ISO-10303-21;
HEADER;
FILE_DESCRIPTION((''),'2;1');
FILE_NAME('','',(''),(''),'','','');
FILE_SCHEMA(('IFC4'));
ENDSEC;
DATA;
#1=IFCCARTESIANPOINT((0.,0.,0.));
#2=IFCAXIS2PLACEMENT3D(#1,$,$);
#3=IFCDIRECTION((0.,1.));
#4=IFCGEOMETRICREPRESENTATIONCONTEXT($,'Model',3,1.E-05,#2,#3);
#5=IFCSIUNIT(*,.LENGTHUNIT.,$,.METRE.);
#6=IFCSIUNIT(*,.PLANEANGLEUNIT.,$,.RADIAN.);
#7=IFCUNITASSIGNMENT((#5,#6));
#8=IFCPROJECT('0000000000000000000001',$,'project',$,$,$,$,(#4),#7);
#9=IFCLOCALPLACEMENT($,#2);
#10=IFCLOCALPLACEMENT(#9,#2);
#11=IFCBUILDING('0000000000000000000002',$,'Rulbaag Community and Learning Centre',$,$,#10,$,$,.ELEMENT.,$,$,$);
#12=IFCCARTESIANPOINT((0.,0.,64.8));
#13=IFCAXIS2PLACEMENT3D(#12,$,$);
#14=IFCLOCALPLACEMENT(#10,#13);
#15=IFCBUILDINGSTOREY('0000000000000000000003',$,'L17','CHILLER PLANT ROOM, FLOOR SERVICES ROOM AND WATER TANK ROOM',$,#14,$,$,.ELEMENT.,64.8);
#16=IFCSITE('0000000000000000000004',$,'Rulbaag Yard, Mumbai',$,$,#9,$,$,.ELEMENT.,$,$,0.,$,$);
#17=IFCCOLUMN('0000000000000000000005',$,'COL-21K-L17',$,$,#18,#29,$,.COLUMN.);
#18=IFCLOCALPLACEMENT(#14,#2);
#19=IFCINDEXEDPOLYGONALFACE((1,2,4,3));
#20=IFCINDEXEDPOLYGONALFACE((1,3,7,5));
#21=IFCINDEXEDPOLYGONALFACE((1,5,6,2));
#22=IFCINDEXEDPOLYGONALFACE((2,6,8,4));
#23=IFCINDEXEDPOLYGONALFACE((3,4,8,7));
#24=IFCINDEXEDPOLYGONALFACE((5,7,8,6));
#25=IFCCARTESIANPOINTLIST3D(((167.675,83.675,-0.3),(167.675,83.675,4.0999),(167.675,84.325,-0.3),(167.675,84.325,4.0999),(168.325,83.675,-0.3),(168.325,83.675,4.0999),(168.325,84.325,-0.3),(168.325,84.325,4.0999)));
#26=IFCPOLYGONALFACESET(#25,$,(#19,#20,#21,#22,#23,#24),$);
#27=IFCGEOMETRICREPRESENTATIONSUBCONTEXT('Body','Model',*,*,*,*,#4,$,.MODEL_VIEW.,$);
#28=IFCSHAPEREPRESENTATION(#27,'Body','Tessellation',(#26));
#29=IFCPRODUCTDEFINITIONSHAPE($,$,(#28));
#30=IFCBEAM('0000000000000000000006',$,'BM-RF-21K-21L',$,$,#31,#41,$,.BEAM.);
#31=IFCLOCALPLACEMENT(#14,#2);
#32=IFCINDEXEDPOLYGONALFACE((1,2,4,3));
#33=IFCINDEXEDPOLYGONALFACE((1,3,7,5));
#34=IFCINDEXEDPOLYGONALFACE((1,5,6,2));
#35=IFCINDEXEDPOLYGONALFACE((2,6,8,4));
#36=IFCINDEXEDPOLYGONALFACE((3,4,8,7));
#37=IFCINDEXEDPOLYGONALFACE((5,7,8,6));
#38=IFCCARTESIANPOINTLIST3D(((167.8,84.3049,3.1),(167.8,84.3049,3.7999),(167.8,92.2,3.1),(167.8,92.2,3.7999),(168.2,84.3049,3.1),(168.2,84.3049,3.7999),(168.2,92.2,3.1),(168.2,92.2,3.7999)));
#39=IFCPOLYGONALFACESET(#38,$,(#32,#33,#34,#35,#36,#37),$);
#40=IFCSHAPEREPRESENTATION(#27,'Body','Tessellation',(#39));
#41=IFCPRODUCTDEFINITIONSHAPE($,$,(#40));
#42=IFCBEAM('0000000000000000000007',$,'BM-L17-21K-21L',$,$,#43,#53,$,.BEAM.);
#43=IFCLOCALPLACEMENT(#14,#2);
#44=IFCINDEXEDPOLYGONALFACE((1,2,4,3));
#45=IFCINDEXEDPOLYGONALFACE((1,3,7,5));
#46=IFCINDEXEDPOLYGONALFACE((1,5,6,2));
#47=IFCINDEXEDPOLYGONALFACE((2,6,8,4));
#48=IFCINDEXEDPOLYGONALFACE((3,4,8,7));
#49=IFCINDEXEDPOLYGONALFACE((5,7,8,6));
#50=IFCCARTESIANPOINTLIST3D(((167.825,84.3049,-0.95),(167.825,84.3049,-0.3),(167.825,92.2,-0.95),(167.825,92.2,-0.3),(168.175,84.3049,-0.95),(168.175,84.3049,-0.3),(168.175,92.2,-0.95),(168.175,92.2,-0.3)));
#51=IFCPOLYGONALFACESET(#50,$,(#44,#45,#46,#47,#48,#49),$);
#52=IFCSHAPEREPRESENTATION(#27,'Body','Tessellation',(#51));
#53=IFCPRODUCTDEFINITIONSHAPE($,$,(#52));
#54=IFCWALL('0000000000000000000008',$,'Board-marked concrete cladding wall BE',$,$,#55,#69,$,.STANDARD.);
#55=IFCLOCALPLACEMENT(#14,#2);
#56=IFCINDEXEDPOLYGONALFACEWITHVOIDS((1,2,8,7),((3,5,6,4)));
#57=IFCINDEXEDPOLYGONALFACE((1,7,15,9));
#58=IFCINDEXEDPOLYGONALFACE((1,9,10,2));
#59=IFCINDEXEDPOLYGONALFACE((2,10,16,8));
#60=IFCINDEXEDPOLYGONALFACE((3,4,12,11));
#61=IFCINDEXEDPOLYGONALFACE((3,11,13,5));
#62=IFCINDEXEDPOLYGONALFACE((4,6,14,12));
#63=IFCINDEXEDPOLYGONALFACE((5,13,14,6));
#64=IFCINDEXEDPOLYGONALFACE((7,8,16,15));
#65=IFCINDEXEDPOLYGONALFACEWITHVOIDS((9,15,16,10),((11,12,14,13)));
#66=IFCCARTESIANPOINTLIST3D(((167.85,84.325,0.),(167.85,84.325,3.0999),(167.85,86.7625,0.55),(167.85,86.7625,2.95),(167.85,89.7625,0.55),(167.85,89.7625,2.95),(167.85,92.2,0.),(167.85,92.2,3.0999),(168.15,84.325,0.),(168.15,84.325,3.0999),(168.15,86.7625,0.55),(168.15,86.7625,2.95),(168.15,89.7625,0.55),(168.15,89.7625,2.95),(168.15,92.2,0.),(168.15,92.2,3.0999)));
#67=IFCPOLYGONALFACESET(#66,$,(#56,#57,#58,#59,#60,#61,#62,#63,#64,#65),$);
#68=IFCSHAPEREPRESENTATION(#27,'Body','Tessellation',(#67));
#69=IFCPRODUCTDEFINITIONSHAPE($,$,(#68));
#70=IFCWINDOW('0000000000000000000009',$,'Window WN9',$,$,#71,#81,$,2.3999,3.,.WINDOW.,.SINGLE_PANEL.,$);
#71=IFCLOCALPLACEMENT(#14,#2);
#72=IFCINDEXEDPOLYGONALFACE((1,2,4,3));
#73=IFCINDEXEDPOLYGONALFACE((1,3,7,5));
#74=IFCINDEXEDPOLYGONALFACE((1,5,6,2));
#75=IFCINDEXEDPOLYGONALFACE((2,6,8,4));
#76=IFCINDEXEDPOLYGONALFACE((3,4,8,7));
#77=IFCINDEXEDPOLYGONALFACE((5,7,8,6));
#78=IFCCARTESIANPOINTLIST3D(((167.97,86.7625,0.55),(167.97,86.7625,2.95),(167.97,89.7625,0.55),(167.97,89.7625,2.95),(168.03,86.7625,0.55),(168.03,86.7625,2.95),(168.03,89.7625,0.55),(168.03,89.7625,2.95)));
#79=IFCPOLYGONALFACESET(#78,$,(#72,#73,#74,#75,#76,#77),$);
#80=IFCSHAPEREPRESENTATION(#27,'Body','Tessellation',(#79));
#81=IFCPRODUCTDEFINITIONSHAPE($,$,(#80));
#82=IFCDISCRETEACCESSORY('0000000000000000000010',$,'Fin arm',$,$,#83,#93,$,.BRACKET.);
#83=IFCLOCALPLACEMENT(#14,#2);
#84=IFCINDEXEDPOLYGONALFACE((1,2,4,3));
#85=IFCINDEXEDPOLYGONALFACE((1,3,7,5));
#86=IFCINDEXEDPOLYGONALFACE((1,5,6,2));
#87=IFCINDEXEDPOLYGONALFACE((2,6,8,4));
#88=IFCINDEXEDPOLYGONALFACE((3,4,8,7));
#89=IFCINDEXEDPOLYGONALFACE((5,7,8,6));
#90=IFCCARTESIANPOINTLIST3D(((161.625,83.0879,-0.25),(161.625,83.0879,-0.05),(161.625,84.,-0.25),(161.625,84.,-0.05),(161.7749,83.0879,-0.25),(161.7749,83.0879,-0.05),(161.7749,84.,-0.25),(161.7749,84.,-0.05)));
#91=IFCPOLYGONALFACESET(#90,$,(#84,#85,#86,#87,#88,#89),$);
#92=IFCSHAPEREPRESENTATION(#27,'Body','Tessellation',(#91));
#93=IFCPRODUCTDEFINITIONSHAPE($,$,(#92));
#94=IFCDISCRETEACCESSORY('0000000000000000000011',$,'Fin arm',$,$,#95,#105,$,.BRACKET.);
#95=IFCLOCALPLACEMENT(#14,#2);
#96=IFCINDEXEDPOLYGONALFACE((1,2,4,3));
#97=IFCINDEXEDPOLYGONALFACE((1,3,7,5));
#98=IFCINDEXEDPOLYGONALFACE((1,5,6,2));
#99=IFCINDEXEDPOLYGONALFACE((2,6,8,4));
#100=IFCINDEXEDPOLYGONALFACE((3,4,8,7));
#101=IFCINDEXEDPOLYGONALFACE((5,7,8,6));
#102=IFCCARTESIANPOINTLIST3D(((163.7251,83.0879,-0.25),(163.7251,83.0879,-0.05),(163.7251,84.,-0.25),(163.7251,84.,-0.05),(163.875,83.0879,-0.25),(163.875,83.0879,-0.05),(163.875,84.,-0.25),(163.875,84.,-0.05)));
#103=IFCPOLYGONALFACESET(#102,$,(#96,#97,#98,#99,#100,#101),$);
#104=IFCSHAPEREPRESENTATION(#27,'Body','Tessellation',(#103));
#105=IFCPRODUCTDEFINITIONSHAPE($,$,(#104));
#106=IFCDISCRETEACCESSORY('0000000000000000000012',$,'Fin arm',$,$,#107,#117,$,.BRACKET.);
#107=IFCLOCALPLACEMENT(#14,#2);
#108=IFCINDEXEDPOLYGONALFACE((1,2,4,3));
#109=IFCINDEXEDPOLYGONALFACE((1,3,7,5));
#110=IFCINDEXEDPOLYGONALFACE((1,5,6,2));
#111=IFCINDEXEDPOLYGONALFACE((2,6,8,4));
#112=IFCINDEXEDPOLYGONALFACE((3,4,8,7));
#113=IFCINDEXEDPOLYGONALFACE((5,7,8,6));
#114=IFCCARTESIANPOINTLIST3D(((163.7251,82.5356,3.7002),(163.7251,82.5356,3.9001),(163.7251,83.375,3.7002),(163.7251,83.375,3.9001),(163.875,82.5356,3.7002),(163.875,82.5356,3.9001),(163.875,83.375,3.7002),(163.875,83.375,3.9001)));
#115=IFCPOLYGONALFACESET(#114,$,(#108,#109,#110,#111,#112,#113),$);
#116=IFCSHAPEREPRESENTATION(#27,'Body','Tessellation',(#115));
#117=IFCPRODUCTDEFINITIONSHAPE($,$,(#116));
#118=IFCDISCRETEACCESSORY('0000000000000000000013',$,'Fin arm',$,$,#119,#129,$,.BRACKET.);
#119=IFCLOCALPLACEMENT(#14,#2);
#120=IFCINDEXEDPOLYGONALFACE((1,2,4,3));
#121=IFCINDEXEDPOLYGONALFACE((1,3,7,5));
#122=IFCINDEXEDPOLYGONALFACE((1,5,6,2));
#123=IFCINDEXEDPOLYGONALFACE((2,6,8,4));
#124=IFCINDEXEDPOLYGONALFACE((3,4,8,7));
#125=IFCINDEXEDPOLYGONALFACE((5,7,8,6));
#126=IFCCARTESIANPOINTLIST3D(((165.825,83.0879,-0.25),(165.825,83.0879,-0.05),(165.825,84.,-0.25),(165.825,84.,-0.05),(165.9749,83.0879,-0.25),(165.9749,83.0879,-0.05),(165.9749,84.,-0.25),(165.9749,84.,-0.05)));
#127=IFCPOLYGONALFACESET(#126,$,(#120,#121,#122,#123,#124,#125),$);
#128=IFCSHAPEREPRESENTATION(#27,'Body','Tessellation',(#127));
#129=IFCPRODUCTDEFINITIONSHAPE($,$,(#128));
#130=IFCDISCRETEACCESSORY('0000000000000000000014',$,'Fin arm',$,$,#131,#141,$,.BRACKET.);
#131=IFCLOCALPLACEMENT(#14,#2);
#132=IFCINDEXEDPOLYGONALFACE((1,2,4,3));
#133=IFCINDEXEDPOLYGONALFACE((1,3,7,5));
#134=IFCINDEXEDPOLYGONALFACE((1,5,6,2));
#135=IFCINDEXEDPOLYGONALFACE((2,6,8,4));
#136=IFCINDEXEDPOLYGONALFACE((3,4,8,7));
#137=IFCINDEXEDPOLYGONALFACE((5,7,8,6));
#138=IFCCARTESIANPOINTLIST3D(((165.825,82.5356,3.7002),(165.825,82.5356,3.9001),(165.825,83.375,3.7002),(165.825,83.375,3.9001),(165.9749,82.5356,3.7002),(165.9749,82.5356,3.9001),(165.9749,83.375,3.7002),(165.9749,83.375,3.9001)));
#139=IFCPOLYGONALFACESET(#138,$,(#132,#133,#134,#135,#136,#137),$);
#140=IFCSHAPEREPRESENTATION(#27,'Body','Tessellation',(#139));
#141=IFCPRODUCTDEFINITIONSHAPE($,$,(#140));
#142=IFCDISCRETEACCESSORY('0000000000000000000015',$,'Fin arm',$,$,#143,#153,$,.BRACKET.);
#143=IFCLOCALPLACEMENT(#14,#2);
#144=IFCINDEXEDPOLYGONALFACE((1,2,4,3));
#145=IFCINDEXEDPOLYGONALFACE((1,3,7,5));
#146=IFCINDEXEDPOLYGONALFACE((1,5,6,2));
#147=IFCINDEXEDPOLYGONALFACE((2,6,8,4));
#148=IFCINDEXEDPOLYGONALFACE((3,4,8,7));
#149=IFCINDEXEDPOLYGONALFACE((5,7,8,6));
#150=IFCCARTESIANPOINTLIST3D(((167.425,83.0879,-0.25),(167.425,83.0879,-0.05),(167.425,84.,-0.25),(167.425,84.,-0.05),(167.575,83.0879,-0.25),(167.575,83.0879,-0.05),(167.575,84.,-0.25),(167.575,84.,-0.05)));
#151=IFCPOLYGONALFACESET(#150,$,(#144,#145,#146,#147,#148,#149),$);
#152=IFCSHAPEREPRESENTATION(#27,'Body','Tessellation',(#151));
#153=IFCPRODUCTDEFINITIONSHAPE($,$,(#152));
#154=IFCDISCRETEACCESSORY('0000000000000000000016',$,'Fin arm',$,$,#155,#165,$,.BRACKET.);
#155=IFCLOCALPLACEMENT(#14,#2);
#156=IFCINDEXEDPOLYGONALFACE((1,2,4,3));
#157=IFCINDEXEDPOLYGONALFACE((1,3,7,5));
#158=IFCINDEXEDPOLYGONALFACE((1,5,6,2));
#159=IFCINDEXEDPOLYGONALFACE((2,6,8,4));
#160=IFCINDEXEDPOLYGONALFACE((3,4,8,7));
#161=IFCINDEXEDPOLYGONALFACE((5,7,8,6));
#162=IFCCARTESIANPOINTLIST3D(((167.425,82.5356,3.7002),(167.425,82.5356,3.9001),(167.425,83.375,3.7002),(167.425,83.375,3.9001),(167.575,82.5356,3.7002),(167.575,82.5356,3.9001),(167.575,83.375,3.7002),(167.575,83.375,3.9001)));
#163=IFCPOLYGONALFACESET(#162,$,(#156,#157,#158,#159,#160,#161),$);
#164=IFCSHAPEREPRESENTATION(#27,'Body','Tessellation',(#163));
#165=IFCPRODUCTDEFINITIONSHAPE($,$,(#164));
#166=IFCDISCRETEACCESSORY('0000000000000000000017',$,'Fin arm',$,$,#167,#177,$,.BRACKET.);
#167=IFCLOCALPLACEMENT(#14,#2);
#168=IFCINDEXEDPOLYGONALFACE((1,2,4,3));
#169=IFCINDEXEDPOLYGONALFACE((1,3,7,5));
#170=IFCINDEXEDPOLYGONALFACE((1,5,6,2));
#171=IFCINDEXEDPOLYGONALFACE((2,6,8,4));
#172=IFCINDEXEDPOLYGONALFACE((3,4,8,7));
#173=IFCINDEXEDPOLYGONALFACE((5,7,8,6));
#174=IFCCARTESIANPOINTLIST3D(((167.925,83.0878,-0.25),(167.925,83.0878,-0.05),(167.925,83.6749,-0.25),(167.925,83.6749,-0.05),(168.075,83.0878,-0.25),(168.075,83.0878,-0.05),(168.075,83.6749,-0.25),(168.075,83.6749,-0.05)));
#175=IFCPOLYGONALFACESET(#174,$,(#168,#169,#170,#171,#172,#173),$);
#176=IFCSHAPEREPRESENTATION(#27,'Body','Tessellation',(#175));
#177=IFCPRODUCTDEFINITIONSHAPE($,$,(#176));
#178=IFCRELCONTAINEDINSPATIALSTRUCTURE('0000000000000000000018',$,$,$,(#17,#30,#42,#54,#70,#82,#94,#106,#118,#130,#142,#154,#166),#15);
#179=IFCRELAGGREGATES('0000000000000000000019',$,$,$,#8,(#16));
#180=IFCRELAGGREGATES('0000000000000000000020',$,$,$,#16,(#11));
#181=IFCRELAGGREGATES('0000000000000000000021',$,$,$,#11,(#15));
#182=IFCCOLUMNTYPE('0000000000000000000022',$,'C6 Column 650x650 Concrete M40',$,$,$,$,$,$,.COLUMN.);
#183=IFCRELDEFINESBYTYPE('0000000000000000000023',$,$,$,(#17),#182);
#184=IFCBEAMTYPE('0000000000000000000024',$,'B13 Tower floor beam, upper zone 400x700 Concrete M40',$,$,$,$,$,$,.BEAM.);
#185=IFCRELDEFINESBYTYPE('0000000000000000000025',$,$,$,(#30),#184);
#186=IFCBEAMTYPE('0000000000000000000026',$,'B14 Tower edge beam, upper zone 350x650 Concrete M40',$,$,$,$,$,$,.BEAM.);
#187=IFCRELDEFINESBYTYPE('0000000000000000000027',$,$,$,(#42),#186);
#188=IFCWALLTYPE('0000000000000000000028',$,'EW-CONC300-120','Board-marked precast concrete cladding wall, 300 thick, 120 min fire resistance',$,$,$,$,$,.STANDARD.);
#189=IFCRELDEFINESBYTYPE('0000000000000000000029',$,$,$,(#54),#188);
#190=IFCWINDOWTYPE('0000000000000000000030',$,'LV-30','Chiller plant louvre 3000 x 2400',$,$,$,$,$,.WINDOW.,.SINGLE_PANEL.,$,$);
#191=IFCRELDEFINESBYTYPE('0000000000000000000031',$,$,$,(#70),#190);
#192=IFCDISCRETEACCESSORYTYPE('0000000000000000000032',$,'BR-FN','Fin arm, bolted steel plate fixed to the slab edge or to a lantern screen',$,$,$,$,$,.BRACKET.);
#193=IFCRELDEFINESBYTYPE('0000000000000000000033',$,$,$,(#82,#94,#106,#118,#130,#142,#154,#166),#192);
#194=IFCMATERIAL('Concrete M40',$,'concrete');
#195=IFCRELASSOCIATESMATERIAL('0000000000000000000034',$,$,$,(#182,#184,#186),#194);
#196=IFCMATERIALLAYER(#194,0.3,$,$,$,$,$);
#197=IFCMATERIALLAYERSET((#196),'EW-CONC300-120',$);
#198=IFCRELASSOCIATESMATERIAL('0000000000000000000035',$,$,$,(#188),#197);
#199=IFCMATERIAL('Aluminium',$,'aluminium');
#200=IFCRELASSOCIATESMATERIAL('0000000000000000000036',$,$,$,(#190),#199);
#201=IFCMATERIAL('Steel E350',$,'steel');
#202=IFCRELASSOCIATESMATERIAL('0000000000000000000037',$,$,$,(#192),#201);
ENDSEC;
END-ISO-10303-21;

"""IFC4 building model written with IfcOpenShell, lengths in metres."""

from ifc_helpers import new_model, si_unit, direction, frame, frame_2d, origin, origin_2d, place, context, subcontext, project, spatial, rectangle, extrude, material, layer, layer_set, material_profile, profile_set, type_object, element, fill, save


model = new_model("IFC4")

# Units and contexts
model_context = context("Model", 3, precision=1e-05, world=origin(), true_north=direction((0.0, 1.0)))
body_context = subcontext(model_context, "Body", "Model", "MODEL_VIEW")
ifc_project = project(units=[si_unit("LENGTHUNIT", "METRE"), si_unit("PLANEANGLEUNIT", "RADIAN")], contexts=[model_context])

# Site, building, storey
site_placement = place(None, origin())
site = spatial("IfcSite", under=ifc_project, at=site_placement, Name="Rulbaag Yard, Mumbai", CompositionType="ELEMENT", RefElevation=0.0)
building_placement = place(site_placement, origin())
building = spatial("IfcBuilding", under=site, at=building_placement, Name="Rulbaag Community and Learning Centre", CompositionType="ELEMENT")
storey_placement = place(building_placement, frame((0.0, 0.0, 64.8)))
storey = spatial("IfcBuildingStorey", under=building, at=storey_placement, Name="L17", Description="CHILLER PLANT ROOM, FLOOR SERVICES ROOM AND WATER TANK ROOM", CompositionType="ELEMENT", Elevation=64.8)

# Column
ifc_material_1 = material(Name="Concrete M40", Category="concrete")
ifc_material_profile_1 = material_profile(ifc_material_1, rectangle(XDim=0.6499, YDim=0.6499, at=origin_2d()), Name="RC650x650")
ifc_profile_set_1 = profile_set([ifc_material_profile_1], Name="Concrete M40")
column_type = type_object("IfcColumnType", Name="C6 Column 650x650 Concrete M40", PredefinedType="COLUMN", material=ifc_profile_set_1)
column_placement = place(storey_placement, frame((168.0, 84.0, -0.3), z_axis=(0.0, 0.0, 1.0), x_axis=(1.0, 0.0, 0.0)))
element("IfcColumn", 1, at=column_placement, inside=storey, type_object=column_type, Name="COL-21K-L17", PredefinedType="COLUMN", context=body_context, shape_type="SweptSolid", body=[
    extrude(rectangle(XDim=0.6499, YDim=0.6499, at=origin_2d()), origin(), (0.0, 0.0, 1.0), 4.3999),
])

# Beams
ifc_material_profile_2 = material_profile(ifc_material_1, rectangle(XDim=0.3999, YDim=0.7, at=origin_2d()), Name="RB400x700")
ifc_profile_set_2 = profile_set([ifc_material_profile_2], Name="Concrete M40")
beam_type_1 = type_object("IfcBeamType", Name="B13 Tower floor beam, upper zone 400x700 Concrete M40", PredefinedType="BEAM", material=ifc_profile_set_2)
beam_1_placement = place(storey_placement, frame((168.0, 84.3049, 3.45), z_axis=(0.0, 1.0, 0.0), x_axis=(-1.0, 0.0, 0.0)))
element("IfcBeam", 2, at=beam_1_placement, inside=storey, type_object=beam_type_1, Name="BM-RF-21K-21L", PredefinedType="BEAM", context=body_context, shape_type="SweptSolid", body=[
    extrude(rectangle(XDim=0.3999, YDim=0.7, at=origin_2d()), origin(), (0.0, 0.0, 1.0), 7.895),
])
ifc_material_profile_3 = material_profile(ifc_material_1, rectangle(XDim=0.3501, YDim=0.6499, at=origin_2d()), Name="RB350x650")
ifc_profile_set_3 = profile_set([ifc_material_profile_3], Name="Concrete M40")
beam_type_2 = type_object("IfcBeamType", Name="B14 Tower edge beam, upper zone 350x650 Concrete M40", PredefinedType="BEAM", material=ifc_profile_set_3)
beam_2_placement = place(storey_placement, frame((168.0, 84.3049, -0.625), z_axis=(0.0, 1.0, 0.0), x_axis=(-1.0, 0.0, 0.0)))
element("IfcBeam", 3, at=beam_2_placement, inside=storey, type_object=beam_type_2, Name="BM-L17-21K-21L", PredefinedType="BEAM", context=body_context, shape_type="SweptSolid", body=[
    extrude(rectangle(XDim=0.3501, YDim=0.6499, at=origin_2d()), origin(), (0.0, 0.0, 1.0), 7.895),
])

# Wall, opening, window
ifc_layer_1 = layer(ifc_material_1, 0.3)
ifc_layer_set_1 = layer_set([ifc_layer_1], Name="EW-CONC300-120")
wall_type = type_object("IfcWallType", Name="EW-CONC300-120", Description="Board-marked precast concrete cladding wall, 300 thick, 120 min fire resistance", PredefinedType="STANDARD", material=ifc_layer_set_1)
wall_placement = place(storey_placement, frame((168.0, 84.325, 0.0), z_axis=(0.0, 0.0, 1.0), x_axis=(0.0, 1.0, 0.0)))
wall = element("IfcWall", 4, at=wall_placement, inside=storey, type_object=wall_type, Name="Board-marked concrete cladding wall BE", PredefinedType="STANDARD", context=body_context, shape_type="SweptSolid", body=[
    extrude(rectangle(XDim=7.875, YDim=0.3, at=frame_2d((3.9375, 0.0))), origin(), (0.0, 0.0, 1.0), 3.0999),
])
opening_1_placement = place(wall_placement, frame((2.4375, 0.0, 0.55)))
opening_1 = element("IfcOpeningElement", 5, at=opening_1_placement, cuts=wall, PredefinedType="OPENING", context=body_context, shape_type="SweptSolid", body=[
    extrude(rectangle(XDim=3.0, YDim=2.3999, at=frame_2d((1.5, 1.2))), frame((0.0, 0.1599, 0.0), z_axis=(0.0, -1.0, 0.0), x_axis=(1.0, 0.0, 0.0)), (0.0, 0.0, 1.0), 0.3201),
])
ifc_material_2 = material(Name="Aluminium", Category="aluminium")
window_type = type_object("IfcWindowType", Name="LV-30", Description="Chiller plant louvre 3000 x 2400", PartitioningType="SINGLE_PANEL", PredefinedType="WINDOW", material=ifc_material_2)
window_placement = place(opening_1_placement, origin())
window = element("IfcWindow", 6, at=window_placement, inside=storey, type_object=window_type, Name="Window WN9", OverallHeight=2.3999, OverallWidth=3.0, PartitioningType="SINGLE_PANEL", PredefinedType="WINDOW", context=body_context, shape_type="SweptSolid", body=[
    extrude(rectangle(XDim=3.0, YDim=2.3999, at=frame_2d((1.5, 1.2))), frame((0.0, 0.03, 0.0), z_axis=(0.0, -1.0, 0.0), x_axis=(1.0, 0.0, 0.0)), (0.0, 0.0, 1.0), 0.0601),
])
fill(opening_1, window)

# Discrete accessories
ifc_material_3 = material(Name="Steel E350", Category="steel")
discrete_accessory_type_1 = type_object("IfcDiscreteAccessoryType", Name="BR-FN", Description="Fin arm, bolted steel plate fixed to the slab edge or to a lantern screen", PredefinedType="BRACKET", material=ifc_material_3)
for number, where, z_axis, x_axis, name in (
    (7, (161.7, 83.5439, -0.25), (0.0, 0.0, 1.0), (1.0, 0.0, 0.0), "Fin arm"),
    (8, (163.8, 83.5439, -0.25), (0.0, 0.0, 1.0), (1.0, 0.0, 0.0), "Fin arm"),
):
    element("IfcDiscreteAccessory", number, at=place(storey_placement, frame(where, z_axis=z_axis, x_axis=x_axis)), inside=storey, type_object=discrete_accessory_type_1, Name=name, PredefinedType="BRACKET", context=body_context, shape_type="SweptSolid", body=[
        extrude(rectangle(XDim=0.1499, YDim=0.9121, at=origin_2d()), origin(), (0.0, 0.0, 1.0), 0.2),
    ])
discrete_accessory_1_placement = place(storey_placement, frame((163.8, 82.9553, 3.7002), z_axis=(0.0, 0.0, 1.0), x_axis=(1.0, 0.0, 0.0)))
element("IfcDiscreteAccessory", 9, at=discrete_accessory_1_placement, inside=storey, type_object=discrete_accessory_type_1, Name="Fin arm", PredefinedType="BRACKET", context=body_context, shape_type="SweptSolid", body=[
    extrude(rectangle(XDim=0.1499, YDim=0.8394, at=origin_2d()), origin(), (0.0, 0.0, 1.0), 0.2),
])
discrete_accessory_2_placement = place(storey_placement, frame((165.8999, 83.5439, -0.25), z_axis=(0.0, 0.0, 1.0), x_axis=(1.0, 0.0, 0.0)))
element("IfcDiscreteAccessory", 10, at=discrete_accessory_2_placement, inside=storey, type_object=discrete_accessory_type_1, Name="Fin arm", PredefinedType="BRACKET", context=body_context, shape_type="SweptSolid", body=[
    extrude(rectangle(XDim=0.1499, YDim=0.9121, at=origin_2d()), origin(), (0.0, 0.0, 1.0), 0.2),
])
discrete_accessory_3_placement = place(storey_placement, frame((165.8999, 82.9553, 3.7002), z_axis=(0.0, 0.0, 1.0), x_axis=(1.0, 0.0, 0.0)))
element("IfcDiscreteAccessory", 11, at=discrete_accessory_3_placement, inside=storey, type_object=discrete_accessory_type_1, Name="Fin arm", PredefinedType="BRACKET", context=body_context, shape_type="SweptSolid", body=[
    extrude(rectangle(XDim=0.1499, YDim=0.8394, at=origin_2d()), origin(), (0.0, 0.0, 1.0), 0.2),
])
discrete_accessory_4_placement = place(storey_placement, frame((167.5, 83.5439, -0.25), z_axis=(0.0, 0.0, 1.0), x_axis=(1.0, 0.0, 0.0)))
element("IfcDiscreteAccessory", 12, at=discrete_accessory_4_placement, inside=storey, type_object=discrete_accessory_type_1, Name="Fin arm", PredefinedType="BRACKET", context=body_context, shape_type="SweptSolid", body=[
    extrude(rectangle(XDim=0.1499, YDim=0.9121, at=origin_2d()), origin(), (0.0, 0.0, 1.0), 0.2),
])
discrete_accessory_5_placement = place(storey_placement, frame((167.5, 82.9553, 3.7002), z_axis=(0.0, 0.0, 1.0), x_axis=(1.0, 0.0, 0.0)))
element("IfcDiscreteAccessory", 13, at=discrete_accessory_5_placement, inside=storey, type_object=discrete_accessory_type_1, Name="Fin arm", PredefinedType="BRACKET", context=body_context, shape_type="SweptSolid", body=[
    extrude(rectangle(XDim=0.1499, YDim=0.8394, at=origin_2d()), origin(), (0.0, 0.0, 1.0), 0.2),
])
discrete_accessory_6_placement = place(storey_placement, frame((168.0, 83.3813, -0.25), z_axis=(0.0, 0.0, 1.0), x_axis=(1.0, 0.0, 0.0)))
element("IfcDiscreteAccessory", 14, at=discrete_accessory_6_placement, inside=storey, type_object=discrete_accessory_type_1, Name="Fin arm", PredefinedType="BRACKET", context=body_context, shape_type="SweptSolid", body=[
    extrude(rectangle(XDim=0.1499, YDim=0.5872, at=origin_2d()), origin(), (0.0, 0.0, 1.0), 0.2),
])

save(model, "model.ifc")
